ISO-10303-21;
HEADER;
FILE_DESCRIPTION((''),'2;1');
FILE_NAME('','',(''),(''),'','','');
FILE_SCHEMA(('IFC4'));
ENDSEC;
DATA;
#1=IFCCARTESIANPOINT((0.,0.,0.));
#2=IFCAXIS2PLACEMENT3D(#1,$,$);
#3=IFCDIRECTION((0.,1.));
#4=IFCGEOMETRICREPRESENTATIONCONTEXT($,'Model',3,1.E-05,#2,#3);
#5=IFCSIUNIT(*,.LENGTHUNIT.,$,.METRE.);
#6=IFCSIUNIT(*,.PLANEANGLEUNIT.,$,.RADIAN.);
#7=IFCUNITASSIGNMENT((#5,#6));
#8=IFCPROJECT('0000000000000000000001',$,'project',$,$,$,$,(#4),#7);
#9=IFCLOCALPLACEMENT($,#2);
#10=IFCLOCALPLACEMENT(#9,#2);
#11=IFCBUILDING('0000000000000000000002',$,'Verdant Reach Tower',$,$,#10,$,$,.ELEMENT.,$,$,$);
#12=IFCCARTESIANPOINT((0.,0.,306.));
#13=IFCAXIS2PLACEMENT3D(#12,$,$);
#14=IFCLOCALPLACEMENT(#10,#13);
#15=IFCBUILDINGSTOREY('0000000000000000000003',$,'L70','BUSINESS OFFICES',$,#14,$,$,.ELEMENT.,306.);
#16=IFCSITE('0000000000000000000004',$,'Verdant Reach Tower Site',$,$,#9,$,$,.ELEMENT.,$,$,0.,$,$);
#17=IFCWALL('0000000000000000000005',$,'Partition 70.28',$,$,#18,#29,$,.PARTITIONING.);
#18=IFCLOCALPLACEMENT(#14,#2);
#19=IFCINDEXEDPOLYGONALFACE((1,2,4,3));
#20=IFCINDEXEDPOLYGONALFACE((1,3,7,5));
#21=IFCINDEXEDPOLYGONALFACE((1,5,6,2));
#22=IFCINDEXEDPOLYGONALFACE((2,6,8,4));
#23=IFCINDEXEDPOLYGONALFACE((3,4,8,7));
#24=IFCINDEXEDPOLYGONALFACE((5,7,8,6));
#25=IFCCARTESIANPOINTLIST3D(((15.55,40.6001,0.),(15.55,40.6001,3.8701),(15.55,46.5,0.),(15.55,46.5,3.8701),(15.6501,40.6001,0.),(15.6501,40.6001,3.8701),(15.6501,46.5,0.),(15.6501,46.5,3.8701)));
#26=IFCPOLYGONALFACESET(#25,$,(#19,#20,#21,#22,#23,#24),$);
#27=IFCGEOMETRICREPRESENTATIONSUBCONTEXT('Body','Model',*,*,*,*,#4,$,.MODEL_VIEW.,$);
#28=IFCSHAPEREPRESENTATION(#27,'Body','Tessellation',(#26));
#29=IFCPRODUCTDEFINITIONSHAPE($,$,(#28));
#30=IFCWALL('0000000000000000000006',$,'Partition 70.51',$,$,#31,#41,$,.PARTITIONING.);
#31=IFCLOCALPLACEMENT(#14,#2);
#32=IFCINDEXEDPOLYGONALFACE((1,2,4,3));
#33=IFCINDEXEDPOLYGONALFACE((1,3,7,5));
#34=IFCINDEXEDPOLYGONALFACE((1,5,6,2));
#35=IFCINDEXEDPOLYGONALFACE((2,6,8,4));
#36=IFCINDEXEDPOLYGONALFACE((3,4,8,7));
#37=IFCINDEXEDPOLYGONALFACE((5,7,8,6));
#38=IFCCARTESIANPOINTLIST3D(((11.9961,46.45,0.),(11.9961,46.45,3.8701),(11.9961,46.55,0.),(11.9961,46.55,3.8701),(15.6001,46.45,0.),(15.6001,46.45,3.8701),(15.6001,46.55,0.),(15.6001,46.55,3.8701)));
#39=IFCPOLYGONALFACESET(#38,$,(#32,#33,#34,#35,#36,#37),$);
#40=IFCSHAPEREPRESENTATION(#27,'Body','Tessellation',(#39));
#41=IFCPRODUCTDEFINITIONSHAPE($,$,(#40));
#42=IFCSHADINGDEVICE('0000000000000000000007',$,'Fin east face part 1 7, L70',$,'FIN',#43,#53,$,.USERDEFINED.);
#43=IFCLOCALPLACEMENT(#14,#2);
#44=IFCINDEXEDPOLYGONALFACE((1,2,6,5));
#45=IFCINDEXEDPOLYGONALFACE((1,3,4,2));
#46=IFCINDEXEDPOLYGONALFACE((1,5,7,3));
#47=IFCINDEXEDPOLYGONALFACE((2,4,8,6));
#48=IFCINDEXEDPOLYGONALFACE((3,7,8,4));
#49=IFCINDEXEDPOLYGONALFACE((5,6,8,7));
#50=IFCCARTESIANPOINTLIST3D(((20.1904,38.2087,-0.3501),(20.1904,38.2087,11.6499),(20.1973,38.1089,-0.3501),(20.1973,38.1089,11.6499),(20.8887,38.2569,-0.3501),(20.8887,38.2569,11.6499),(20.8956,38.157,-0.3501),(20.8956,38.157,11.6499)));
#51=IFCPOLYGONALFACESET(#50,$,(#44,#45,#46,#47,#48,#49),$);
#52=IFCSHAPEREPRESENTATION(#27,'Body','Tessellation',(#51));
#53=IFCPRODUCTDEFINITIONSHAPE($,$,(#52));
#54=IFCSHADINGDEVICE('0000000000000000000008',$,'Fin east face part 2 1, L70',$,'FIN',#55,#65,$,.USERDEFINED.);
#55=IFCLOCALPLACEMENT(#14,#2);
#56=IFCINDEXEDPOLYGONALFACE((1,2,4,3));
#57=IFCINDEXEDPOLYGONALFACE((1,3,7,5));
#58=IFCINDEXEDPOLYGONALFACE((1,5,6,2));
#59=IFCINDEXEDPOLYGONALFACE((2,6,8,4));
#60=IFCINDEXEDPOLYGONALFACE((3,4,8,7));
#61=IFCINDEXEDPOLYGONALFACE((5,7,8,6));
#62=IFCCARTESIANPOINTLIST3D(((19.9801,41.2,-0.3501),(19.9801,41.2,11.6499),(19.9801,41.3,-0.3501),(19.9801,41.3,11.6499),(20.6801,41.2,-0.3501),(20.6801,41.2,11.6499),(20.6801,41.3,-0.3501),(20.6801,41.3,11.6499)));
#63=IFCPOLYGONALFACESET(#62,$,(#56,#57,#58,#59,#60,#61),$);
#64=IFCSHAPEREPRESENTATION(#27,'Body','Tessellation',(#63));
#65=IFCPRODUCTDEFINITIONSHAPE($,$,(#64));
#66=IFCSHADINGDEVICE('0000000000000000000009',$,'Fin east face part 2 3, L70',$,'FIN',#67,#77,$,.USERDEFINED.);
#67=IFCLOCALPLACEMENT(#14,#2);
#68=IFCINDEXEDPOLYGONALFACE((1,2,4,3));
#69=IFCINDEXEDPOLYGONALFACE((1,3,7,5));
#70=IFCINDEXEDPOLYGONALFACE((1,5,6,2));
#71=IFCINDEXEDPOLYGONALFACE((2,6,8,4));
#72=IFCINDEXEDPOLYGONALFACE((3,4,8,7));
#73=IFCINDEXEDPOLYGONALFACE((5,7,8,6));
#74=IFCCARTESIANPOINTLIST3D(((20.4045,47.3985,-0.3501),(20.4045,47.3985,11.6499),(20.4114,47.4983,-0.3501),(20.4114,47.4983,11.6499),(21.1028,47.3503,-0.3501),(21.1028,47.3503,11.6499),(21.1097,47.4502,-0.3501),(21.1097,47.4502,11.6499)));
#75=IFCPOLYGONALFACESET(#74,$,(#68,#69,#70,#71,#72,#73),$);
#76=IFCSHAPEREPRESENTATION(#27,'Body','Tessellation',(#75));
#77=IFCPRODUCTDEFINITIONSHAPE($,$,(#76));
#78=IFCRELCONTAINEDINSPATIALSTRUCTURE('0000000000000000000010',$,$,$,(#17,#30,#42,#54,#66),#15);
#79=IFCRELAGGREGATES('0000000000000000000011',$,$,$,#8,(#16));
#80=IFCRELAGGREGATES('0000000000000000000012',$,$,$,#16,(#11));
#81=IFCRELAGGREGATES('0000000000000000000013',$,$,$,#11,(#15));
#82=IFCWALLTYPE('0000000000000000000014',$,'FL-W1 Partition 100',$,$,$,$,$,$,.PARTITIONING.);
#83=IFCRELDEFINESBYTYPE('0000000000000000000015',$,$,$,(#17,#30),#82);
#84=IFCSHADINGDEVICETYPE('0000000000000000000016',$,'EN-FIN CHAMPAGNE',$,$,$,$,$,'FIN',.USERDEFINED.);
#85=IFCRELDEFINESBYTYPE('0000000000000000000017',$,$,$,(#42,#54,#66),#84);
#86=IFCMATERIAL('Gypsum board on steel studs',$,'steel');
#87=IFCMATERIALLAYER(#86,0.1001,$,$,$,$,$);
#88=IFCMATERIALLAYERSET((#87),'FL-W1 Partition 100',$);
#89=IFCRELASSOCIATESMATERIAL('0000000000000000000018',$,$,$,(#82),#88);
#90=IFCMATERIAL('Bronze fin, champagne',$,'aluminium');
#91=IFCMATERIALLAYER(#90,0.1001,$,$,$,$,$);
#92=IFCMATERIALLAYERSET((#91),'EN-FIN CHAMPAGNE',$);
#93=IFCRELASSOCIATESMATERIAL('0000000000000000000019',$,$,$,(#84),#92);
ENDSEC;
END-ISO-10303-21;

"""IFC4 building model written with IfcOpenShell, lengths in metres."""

from ifc_helpers import new_model, si_unit, direction, frame, frame_2d, origin, origin_2d, place, context, subcontext, project, spatial, rectangle, extrude, material, layer, layer_set, type_object, element, save


model = new_model("IFC4")

# Units and contexts
model_context = context("Model", 3, precision=1e-05, world=origin(), true_north=direction((0.0, 1.0)))
body_context = subcontext(model_context, "Body", "Model", "MODEL_VIEW")
ifc_project = project(units=[si_unit("LENGTHUNIT", "METRE"), si_unit("PLANEANGLEUNIT", "RADIAN")], contexts=[model_context])

# Site, building, storey
site_placement = place(None, origin())
site = spatial("IfcSite", under=ifc_project, at=site_placement, Name="Verdant Reach Tower Site", CompositionType="ELEMENT", RefElevation=0.0)
building_placement = place(site_placement, origin())
building = spatial("IfcBuilding", under=site, at=building_placement, Name="Verdant Reach Tower", CompositionType="ELEMENT")
storey_placement = place(building_placement, frame((0.0, 0.0, 306.0)))
storey = spatial("IfcBuildingStorey", under=building, at=storey_placement, Name="L70", Description="BUSINESS OFFICES", CompositionType="ELEMENT", Elevation=306.0)

# Walls
ifc_material_1 = material(Name="Gypsum board on steel studs", Category="steel")
ifc_layer_1 = layer(ifc_material_1, 0.1001)
ifc_layer_set_1 = layer_set([ifc_layer_1], Name="FL-W1 Partition 100")
wall_type = type_object("IfcWallType", Name="FL-W1 Partition 100", PredefinedType="PARTITIONING", material=ifc_layer_set_1)
wall_1_placement = place(storey_placement, frame((15.6001, 46.5, 0.0), z_axis=(0.0, 0.0, 1.0), x_axis=(0.0, -1.0, 0.0)))
element("IfcWall", 1, at=wall_1_placement, inside=storey, type_object=wall_type, Name="Partition 70.28", PredefinedType="PARTITIONING", context=body_context, shape_type="SweptSolid", body=[
    extrude(rectangle(XDim=5.8999, YDim=0.1001, at=frame_2d((2.95, 0.0))), origin(), (0.0, 0.0, 1.0), 3.8701),
])
wall_2_placement = place(storey_placement, frame((15.6001, 46.5, 0.0), z_axis=(0.0, 0.0, 1.0), x_axis=(-1.0, 0.0, 0.0)))
element("IfcWall", 2, at=wall_2_placement, inside=storey, type_object=wall_type, Name="Partition 70.51", PredefinedType="PARTITIONING", context=body_context, shape_type="SweptSolid", body=[
    extrude(rectangle(XDim=3.604, YDim=0.1001, at=frame_2d((1.802, 0.0))), origin(), (0.0, 0.0, 1.0), 3.8701),
])

# Shading devices
ifc_material_2 = material(Name="Bronze fin, champagne", Category="aluminium")
ifc_layer_2 = layer(ifc_material_2, 0.1001)
ifc_layer_set_2 = layer_set([ifc_layer_2], Name="EN-FIN CHAMPAGNE")
shading_device_type = type_object("IfcShadingDeviceType", Name="EN-FIN CHAMPAGNE", ElementType="FIN", PredefinedType="USERDEFINED", material=ifc_layer_set_2)
for number, where, z_axis, x_axis, name in (
    (3, (20.543, 38.1829, -0.3501), (0.0, 0.0, 1.0), (-0.068802, 0.99763, 0.0), "Fin east face part 1 7, L70"),
    (4, (20.3301, 41.25, -0.3501), (0.0, 0.0, 1.0), (0.0, 1.0, 0.0), "Fin east face part 2 1, L70"),
    (5, (20.7571, 47.4243, -0.3501), (0.0, 0.0, 1.0), (0.068802, 0.99763, 0.0), "Fin east face part 2 3, L70"),
):
    element("IfcShadingDevice", number, at=place(storey_placement, frame(where, z_axis=z_axis, x_axis=x_axis)), inside=storey, type_object=shading_device_type, Name=name, ObjectType="FIN", PredefinedType="USERDEFINED", context=body_context, shape_type="SweptSolid", body=[
        extrude(rectangle(XDim=0.1001, YDim=0.7, at=origin_2d()), origin(), (0.0, 0.0, 1.0), 12.0),
    ])

save(model, "model.ifc")
